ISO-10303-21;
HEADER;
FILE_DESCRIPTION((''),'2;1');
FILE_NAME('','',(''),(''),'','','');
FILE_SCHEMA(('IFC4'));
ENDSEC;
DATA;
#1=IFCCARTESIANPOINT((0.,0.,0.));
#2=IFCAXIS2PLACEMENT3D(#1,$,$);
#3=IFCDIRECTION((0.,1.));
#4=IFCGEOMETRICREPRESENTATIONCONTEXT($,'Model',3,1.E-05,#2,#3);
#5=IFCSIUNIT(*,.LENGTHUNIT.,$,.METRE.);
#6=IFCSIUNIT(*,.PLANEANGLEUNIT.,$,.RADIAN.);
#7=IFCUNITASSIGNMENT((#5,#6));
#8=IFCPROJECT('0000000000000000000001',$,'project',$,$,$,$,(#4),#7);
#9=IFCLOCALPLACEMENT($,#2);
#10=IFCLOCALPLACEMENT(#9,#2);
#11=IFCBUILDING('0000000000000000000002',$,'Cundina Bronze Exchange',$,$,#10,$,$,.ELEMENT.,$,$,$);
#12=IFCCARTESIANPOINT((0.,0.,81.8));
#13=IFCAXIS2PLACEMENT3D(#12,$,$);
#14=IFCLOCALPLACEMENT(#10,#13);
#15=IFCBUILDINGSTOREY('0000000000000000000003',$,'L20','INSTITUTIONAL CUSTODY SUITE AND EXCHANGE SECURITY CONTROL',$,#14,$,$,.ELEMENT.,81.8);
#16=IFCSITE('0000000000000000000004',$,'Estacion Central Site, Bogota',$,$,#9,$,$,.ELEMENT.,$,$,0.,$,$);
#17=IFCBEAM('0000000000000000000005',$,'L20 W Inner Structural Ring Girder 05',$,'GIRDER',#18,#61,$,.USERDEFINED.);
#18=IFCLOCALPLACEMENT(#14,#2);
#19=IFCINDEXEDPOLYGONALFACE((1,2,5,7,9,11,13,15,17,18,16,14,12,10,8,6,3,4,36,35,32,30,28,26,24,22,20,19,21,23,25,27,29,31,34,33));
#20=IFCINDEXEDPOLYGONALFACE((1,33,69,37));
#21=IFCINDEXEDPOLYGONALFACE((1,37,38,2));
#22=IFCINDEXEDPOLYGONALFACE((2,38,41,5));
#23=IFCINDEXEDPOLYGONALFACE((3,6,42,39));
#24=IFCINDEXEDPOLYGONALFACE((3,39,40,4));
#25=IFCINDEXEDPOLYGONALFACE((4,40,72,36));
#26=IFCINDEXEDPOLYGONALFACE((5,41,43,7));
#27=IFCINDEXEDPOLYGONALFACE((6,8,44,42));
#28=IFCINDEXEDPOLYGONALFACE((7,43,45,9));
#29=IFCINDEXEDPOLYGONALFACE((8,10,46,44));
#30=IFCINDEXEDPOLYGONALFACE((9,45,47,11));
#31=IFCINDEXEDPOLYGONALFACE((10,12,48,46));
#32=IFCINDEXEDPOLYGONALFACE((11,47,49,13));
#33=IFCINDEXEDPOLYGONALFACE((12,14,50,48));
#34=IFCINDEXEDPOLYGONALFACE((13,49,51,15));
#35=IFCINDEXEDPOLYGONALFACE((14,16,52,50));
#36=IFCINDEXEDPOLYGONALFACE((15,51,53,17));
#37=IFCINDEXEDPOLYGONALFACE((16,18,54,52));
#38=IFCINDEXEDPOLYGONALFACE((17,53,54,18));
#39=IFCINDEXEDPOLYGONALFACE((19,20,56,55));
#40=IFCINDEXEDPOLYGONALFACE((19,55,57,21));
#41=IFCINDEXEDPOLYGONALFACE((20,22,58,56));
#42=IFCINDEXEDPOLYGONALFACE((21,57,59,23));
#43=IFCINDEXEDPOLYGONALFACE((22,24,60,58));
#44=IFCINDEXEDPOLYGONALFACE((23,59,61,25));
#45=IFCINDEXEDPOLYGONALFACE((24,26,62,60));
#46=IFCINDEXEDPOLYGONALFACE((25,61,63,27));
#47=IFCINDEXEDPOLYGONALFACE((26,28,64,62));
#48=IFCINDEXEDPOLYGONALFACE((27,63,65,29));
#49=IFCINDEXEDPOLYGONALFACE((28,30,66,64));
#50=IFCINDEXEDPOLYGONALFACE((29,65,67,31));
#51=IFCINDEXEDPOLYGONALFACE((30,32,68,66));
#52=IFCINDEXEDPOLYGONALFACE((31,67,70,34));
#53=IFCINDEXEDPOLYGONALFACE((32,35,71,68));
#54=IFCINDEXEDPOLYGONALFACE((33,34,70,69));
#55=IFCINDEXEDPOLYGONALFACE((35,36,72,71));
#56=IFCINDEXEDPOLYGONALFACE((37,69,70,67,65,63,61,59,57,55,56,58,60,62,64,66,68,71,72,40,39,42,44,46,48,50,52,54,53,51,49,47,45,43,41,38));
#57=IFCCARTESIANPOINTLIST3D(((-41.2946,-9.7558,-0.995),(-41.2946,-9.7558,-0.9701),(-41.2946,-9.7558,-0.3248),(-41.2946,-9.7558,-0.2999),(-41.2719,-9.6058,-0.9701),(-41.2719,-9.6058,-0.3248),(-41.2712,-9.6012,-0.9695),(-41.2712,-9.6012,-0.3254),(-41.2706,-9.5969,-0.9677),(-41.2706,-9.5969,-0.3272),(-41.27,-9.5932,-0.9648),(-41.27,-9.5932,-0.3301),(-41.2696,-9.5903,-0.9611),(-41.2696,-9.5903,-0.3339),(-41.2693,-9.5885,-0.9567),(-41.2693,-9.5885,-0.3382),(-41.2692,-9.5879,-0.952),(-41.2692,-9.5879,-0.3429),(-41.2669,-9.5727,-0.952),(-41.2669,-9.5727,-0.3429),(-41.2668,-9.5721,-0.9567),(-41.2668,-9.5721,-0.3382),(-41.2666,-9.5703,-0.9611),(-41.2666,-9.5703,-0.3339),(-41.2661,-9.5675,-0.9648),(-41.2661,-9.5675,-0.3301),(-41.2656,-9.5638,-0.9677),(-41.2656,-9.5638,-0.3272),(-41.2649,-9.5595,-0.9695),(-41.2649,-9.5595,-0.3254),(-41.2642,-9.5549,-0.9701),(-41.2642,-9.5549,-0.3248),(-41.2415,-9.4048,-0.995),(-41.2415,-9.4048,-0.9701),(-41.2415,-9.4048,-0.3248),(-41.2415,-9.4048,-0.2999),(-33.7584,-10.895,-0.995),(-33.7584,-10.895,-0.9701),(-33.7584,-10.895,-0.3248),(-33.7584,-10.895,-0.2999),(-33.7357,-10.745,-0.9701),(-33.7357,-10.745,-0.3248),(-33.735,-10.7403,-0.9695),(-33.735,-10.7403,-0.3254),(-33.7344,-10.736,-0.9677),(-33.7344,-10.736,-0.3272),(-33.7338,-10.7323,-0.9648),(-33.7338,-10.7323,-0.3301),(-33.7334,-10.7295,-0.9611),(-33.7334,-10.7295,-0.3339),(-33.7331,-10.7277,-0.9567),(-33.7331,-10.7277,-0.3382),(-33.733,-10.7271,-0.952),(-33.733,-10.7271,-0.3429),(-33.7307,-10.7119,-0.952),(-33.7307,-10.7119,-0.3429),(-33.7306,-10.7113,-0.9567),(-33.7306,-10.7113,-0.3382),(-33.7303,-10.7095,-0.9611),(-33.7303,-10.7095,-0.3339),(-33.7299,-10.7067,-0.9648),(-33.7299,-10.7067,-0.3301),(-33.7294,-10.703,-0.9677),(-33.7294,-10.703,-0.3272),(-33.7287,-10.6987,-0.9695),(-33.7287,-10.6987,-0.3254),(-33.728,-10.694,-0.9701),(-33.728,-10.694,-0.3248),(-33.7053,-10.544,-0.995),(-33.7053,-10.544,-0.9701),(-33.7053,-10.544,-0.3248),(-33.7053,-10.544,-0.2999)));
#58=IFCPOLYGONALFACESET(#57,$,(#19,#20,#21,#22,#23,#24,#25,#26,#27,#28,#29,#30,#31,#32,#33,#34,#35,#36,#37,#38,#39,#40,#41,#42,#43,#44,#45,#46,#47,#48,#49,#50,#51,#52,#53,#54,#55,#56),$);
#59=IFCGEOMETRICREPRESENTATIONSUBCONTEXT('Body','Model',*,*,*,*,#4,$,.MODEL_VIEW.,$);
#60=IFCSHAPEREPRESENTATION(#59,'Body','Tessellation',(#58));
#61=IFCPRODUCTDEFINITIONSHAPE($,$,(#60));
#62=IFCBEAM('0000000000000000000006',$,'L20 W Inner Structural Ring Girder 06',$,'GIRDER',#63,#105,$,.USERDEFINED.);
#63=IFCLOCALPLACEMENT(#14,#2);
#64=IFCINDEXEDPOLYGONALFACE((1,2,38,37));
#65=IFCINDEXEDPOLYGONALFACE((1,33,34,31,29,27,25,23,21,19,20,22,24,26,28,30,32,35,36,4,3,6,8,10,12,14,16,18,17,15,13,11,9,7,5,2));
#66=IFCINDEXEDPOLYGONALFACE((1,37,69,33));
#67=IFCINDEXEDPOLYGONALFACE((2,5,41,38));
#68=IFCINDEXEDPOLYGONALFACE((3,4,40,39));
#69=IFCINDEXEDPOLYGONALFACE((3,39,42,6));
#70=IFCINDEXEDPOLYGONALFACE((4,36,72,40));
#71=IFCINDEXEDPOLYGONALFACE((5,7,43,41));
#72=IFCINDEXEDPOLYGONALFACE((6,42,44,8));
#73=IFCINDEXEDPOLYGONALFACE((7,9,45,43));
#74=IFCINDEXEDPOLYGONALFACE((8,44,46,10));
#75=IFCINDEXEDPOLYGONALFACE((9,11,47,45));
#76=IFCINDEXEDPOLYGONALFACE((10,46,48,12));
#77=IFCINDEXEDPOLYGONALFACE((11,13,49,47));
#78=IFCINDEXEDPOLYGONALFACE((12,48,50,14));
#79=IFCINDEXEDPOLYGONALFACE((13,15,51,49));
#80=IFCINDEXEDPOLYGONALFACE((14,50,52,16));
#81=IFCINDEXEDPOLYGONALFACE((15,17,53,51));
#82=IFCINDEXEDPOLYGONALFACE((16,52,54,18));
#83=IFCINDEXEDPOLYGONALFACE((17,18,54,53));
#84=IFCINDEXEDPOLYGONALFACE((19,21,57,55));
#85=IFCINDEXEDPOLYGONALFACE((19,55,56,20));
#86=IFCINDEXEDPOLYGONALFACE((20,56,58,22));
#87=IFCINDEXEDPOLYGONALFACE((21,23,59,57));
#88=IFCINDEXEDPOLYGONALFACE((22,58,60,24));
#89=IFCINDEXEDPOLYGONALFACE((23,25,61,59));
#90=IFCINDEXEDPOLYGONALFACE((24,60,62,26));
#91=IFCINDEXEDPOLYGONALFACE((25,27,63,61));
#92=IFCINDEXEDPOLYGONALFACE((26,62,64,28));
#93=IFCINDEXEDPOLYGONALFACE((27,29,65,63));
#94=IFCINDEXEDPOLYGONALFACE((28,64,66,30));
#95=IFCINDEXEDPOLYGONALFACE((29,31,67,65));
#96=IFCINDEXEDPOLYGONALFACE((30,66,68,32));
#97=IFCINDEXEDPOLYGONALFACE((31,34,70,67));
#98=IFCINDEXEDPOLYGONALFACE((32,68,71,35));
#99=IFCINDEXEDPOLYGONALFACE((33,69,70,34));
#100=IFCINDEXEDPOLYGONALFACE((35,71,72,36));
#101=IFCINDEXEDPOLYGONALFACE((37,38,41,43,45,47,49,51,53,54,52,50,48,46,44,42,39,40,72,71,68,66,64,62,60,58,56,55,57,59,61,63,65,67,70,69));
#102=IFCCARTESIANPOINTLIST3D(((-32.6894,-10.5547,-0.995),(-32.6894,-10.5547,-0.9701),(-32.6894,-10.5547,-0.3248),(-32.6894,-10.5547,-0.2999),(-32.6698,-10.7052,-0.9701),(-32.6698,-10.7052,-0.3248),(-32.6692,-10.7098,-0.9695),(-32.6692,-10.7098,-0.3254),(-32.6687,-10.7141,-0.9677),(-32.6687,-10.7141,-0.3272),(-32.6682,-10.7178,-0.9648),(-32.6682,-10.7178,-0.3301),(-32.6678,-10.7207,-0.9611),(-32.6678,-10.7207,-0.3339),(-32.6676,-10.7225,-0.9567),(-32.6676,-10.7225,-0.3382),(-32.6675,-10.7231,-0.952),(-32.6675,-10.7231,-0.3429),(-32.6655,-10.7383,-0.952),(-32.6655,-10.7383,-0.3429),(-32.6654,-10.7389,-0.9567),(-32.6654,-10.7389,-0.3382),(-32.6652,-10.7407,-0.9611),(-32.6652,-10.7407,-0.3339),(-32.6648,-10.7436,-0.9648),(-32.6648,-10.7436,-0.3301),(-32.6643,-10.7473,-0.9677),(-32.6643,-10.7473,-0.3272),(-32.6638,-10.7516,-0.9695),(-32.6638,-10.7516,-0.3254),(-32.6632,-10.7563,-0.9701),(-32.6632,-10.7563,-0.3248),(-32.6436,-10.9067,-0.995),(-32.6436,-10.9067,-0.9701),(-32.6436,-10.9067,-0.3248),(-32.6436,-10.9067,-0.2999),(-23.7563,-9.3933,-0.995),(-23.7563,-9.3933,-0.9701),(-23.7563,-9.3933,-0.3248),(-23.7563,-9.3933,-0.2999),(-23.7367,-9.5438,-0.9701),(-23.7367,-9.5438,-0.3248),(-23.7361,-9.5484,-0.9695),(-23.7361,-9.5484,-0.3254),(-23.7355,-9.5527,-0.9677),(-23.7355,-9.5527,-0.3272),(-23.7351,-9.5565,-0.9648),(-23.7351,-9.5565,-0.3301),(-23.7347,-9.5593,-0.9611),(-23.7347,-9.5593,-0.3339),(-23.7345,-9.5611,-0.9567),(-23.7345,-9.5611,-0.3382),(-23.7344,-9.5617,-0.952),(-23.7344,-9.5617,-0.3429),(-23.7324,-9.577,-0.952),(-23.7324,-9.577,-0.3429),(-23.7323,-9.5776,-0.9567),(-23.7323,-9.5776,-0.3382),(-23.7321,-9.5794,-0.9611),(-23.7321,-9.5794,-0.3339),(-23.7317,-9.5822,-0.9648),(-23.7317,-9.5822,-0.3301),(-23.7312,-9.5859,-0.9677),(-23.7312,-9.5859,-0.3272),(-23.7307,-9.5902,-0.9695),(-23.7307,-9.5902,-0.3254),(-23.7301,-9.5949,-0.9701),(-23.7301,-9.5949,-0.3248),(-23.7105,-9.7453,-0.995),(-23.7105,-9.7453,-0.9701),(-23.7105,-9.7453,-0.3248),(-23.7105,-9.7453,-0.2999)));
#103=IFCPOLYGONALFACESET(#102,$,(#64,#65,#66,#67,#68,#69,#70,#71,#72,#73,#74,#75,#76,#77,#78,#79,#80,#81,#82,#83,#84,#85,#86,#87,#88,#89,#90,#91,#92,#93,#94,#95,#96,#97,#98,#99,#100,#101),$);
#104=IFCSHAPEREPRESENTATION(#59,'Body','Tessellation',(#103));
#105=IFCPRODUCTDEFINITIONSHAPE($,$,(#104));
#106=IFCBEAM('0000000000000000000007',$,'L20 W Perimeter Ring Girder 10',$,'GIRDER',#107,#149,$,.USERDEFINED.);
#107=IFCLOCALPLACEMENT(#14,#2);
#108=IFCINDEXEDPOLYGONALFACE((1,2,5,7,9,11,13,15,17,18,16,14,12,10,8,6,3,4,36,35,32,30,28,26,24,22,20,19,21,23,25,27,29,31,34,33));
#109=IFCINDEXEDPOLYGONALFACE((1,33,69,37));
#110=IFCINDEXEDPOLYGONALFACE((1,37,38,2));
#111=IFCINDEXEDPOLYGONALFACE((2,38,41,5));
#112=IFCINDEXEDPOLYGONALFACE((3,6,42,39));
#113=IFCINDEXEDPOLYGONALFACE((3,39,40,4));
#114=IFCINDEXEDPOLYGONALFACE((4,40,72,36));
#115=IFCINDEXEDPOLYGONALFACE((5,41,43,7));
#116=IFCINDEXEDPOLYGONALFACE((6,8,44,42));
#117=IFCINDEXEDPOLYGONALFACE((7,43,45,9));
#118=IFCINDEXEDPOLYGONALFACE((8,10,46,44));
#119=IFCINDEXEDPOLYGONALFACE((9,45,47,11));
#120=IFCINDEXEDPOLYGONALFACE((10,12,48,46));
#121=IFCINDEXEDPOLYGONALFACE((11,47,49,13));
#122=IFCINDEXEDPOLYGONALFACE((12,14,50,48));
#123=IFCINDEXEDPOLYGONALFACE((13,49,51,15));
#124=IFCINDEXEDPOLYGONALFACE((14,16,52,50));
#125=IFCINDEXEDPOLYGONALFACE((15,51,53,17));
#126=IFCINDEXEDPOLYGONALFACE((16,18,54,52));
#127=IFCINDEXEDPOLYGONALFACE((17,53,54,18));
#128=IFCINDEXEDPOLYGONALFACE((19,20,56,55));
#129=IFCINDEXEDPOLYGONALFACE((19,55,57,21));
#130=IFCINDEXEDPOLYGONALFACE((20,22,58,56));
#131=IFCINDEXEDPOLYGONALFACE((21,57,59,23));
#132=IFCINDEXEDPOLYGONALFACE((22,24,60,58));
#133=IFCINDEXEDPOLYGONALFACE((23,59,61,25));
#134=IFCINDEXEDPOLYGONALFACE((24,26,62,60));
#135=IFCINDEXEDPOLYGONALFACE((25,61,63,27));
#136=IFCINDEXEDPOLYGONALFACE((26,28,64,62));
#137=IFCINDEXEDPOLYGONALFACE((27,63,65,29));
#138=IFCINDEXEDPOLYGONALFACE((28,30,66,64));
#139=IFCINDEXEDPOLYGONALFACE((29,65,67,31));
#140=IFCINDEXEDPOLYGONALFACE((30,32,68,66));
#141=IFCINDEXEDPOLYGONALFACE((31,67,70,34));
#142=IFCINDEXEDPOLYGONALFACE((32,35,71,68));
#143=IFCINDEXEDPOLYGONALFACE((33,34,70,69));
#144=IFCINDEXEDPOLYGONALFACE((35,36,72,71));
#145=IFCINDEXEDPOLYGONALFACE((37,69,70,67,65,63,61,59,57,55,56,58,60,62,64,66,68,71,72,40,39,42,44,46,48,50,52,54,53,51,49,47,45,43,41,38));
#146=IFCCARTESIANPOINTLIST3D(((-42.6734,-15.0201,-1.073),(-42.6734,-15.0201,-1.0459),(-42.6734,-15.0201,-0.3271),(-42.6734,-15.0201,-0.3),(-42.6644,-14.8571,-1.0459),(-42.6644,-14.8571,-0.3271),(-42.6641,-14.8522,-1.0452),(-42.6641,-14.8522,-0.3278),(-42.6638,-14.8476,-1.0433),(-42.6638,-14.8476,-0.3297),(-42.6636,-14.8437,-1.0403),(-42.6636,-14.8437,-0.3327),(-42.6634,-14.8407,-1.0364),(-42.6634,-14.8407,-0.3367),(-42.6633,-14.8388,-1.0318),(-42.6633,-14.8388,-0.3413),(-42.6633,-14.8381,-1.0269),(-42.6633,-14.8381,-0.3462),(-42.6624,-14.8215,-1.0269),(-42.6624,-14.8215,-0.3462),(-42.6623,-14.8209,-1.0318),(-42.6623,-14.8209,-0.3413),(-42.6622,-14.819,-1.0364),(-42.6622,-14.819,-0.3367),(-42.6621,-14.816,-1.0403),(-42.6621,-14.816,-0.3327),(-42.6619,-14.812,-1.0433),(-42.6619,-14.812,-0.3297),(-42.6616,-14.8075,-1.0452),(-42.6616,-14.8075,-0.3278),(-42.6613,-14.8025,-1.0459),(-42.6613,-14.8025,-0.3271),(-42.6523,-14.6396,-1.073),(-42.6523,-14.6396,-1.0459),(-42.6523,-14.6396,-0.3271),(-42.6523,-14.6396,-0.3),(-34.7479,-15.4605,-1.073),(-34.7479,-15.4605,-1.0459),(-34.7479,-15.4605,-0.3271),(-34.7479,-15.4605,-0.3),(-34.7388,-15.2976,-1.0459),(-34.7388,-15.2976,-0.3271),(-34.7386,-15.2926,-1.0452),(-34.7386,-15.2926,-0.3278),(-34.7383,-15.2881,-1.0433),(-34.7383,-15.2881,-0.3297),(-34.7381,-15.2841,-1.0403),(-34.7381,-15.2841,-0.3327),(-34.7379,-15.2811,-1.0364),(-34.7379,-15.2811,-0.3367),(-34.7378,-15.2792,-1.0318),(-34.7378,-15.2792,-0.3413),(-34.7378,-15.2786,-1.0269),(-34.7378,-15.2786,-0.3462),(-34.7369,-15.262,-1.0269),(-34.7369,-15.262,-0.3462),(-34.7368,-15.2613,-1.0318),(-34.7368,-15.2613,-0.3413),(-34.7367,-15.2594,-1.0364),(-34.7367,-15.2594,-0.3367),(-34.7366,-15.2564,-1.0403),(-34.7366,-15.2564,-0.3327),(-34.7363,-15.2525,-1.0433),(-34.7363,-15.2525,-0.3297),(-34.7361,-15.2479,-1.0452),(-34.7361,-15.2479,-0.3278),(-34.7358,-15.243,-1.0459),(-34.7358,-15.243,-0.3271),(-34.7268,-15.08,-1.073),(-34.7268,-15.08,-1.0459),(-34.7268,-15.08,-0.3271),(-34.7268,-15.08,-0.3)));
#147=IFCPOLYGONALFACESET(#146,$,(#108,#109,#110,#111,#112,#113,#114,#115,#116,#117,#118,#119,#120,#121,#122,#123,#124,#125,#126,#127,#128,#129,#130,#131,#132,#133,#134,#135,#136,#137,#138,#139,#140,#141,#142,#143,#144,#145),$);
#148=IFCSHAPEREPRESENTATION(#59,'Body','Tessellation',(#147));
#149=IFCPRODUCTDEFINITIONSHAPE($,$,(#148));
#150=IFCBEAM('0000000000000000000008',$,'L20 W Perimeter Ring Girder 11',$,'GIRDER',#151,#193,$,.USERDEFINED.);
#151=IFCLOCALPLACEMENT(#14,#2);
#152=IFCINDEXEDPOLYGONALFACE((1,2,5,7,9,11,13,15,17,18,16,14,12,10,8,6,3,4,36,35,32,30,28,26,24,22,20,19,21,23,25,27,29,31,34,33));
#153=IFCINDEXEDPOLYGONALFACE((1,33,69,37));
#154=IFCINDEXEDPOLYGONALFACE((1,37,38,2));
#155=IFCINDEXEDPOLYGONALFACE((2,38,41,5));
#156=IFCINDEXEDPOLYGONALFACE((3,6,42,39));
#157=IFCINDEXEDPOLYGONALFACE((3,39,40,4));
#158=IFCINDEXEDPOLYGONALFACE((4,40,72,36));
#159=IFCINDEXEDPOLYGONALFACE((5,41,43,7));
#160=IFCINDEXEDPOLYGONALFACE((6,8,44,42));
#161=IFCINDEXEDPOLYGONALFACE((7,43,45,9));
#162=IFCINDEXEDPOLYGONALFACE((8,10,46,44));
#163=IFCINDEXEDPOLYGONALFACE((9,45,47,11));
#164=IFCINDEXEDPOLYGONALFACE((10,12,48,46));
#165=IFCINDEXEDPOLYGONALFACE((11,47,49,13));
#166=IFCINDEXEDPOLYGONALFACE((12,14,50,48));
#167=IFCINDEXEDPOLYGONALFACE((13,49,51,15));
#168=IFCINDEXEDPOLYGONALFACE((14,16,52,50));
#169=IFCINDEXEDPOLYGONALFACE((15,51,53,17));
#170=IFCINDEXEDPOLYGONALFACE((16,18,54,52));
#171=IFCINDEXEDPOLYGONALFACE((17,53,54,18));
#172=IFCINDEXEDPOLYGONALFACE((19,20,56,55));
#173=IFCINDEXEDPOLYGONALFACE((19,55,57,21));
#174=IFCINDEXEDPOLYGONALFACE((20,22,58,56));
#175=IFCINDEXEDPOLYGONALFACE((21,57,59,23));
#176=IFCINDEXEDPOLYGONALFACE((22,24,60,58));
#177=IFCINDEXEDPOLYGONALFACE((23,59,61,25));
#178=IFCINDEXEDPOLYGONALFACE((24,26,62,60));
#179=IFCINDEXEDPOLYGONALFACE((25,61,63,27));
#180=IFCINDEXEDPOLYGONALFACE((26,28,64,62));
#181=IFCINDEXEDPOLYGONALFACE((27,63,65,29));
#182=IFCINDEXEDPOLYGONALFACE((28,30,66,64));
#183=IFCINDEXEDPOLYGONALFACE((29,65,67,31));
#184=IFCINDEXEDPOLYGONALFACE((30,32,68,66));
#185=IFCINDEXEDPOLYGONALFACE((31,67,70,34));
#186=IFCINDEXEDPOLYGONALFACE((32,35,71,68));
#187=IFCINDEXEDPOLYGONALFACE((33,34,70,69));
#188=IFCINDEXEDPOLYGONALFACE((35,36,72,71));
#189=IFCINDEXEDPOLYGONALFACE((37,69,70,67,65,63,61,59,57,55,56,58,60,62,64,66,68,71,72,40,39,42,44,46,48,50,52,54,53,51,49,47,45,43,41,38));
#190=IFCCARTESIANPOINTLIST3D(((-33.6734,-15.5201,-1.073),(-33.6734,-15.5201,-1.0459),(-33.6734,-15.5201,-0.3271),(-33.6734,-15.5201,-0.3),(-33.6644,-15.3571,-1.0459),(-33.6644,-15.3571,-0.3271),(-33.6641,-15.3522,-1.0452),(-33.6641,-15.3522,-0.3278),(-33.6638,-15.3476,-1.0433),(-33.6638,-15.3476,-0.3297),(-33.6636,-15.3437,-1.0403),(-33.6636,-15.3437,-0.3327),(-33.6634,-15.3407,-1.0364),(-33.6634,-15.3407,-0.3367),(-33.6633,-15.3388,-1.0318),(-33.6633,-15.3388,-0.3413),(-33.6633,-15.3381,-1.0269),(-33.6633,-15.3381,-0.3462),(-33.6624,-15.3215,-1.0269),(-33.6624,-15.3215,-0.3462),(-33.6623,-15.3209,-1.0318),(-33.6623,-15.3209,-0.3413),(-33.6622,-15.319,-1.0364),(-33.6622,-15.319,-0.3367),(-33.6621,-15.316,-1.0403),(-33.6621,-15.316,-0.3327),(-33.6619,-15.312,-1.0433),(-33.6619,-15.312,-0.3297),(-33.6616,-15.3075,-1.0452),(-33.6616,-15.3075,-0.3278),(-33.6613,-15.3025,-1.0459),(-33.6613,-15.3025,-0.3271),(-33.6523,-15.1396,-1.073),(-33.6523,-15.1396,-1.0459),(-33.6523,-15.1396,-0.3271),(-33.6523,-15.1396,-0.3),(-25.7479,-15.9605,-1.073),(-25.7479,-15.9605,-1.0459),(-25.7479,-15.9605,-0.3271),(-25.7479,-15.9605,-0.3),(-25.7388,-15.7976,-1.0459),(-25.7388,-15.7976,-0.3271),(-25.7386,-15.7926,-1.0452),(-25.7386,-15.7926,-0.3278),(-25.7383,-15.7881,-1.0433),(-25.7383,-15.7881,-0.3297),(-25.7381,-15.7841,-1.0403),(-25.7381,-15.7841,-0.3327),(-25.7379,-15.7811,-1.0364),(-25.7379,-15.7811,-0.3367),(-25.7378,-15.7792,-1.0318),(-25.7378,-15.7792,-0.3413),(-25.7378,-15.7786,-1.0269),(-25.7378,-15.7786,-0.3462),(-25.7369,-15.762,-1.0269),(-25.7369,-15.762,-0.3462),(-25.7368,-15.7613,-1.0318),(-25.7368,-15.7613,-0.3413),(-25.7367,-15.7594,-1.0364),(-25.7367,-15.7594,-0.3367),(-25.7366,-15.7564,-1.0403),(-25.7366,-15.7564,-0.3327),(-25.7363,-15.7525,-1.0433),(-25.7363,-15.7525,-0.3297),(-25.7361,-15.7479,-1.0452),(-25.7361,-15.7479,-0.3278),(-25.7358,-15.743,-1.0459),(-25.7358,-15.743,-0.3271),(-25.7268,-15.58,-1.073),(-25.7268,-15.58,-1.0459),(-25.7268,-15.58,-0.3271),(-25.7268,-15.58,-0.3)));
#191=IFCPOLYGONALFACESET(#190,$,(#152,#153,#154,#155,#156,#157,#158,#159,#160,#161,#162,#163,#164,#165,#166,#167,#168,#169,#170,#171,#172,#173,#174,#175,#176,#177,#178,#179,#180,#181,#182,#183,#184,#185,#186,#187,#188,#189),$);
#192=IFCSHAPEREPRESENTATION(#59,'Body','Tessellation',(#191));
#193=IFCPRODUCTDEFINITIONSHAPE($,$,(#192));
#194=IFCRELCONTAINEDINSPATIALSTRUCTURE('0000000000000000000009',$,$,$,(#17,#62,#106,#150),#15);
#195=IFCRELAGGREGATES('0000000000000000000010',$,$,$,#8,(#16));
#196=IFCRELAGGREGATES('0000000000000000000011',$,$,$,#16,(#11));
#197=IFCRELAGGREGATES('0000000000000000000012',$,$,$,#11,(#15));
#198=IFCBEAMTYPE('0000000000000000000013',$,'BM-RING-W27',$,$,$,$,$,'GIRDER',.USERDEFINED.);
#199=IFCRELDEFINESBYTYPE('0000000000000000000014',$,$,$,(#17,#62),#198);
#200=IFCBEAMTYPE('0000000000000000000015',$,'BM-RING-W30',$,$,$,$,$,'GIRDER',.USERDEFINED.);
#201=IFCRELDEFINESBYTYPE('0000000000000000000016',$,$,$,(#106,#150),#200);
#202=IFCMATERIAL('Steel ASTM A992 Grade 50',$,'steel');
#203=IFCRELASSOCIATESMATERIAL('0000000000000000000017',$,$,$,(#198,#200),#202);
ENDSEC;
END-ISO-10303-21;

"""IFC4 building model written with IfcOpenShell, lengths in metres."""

from ifc_helpers import new_model, si_unit, direction, frame, origin, origin_2d, place, context, subcontext, project, spatial, i_section, extrude, material, material_profile, profile_set, type_object, element, save


model = new_model("IFC4")

# Units and contexts
model_context = context("Model", 3, precision=1e-05, world=origin(), true_north=direction((0.0, 1.0)))
body_context = subcontext(model_context, "Body", "Model", "MODEL_VIEW")
ifc_project = project(units=[si_unit("LENGTHUNIT", "METRE"), si_unit("PLANEANGLEUNIT", "RADIAN")], contexts=[model_context])

# Site, building, storey
site_placement = place(None, origin())
site = spatial("IfcSite", under=ifc_project, at=site_placement, Name="Estacion Central Site, Bogota", CompositionType="ELEMENT", RefElevation=0.0)
building_placement = place(site_placement, origin())
building = spatial("IfcBuilding", under=site, at=building_placement, Name="Cundina Bronze Exchange", CompositionType="ELEMENT")
storey_placement = place(building_placement, frame((0.0, 0.0, 81.8)))
storey = spatial("IfcBuildingStorey", under=building, at=storey_placement, Name="L20", Description="INSTITUTIONAL CUSTODY SUITE AND EXCHANGE SECURITY CONTROL", CompositionType="ELEMENT", Elevation=81.8)

# Beams
ifc_material_1 = material(Name="Steel ASTM A992 Grade 50", Category="steel")
ifc_material_profile_1 = material_profile(ifc_material_1, i_section(OverallWidth=0.355, OverallDepth=0.6951, WebThickness=0.0154, FlangeThickness=0.0249, FilletRadius=0.0181, at=origin_2d()), Name="W27X146", Category="steel")
ifc_profile_set_1 = profile_set([ifc_material_profile_1], Name="Steel ASTM A992 Grade 50")
beam_type_1 = type_object("IfcBeamType", Name="BM-RING-W27", ElementType="GIRDER", PredefinedType="USERDEFINED", material=ifc_profile_set_1)
beam_1_placement = place(storey_placement, frame((-41.2681, -9.5803, -0.6475), z_axis=(0.988767, -0.149462, 0.0), x_axis=(0.149462, 0.988767, 0.0)))
element("IfcBeam", 1, at=beam_1_placement, inside=storey, type_object=beam_type_1, Name="L20 W Inner Structural Ring Girder 05", ObjectType="GIRDER", PredefinedType="USERDEFINED", context=body_context, shape_type="SweptSolid", body=[
    extrude(i_section(OverallWidth=0.355, OverallDepth=0.6951, WebThickness=0.0154, FlangeThickness=0.0249, FilletRadius=0.0181, at=origin_2d()), origin(), (0.0, 0.0, 1.0), 7.6218),
])
beam_2_placement = place(storey_placement, frame((-32.6665, -10.7307, -0.6475), z_axis=(0.991655, 0.128923, 0.0), x_axis=(-0.128923, 0.991655, 0.0)))
element("IfcBeam", 2, at=beam_2_placement, inside=storey, type_object=beam_type_1, Name="L20 W Inner Structural Ring Girder 06", ObjectType="GIRDER", PredefinedType="USERDEFINED", context=body_context, shape_type="SweptSolid", body=[
    extrude(i_section(OverallWidth=0.355, OverallDepth=0.6951, WebThickness=0.0154, FlangeThickness=0.0249, FilletRadius=0.0181, at=origin_2d()), origin(), (0.0, 0.0, 1.0), 9.0083),
])
ifc_material_profile_2 = material_profile(ifc_material_1, i_section(OverallWidth=0.3811, OverallDepth=0.7729, WebThickness=0.0166, FlangeThickness=0.0271, FilletRadius=0.019, at=origin_2d()), Name="W30X173", Category="steel")
ifc_profile_set_2 = profile_set([ifc_material_profile_2], Name="Steel ASTM A992 Grade 50")
beam_type_2 = type_object("IfcBeamType", Name="BM-RING-W30", ElementType="GIRDER", PredefinedType="USERDEFINED", material=ifc_profile_set_2)
for number, where, z_axis, x_axis, name in (
    (3, (-42.6628, -14.8298, -0.6865), (0.99846, -0.055485, 0.0), (0.055485, 0.99846, 0.0), "L20 W Perimeter Ring Girder 10"),
    (4, (-33.6628, -15.3298, -0.6865), (0.99846, -0.055485, 0.0), (0.055485, 0.99846, 0.0), "L20 W Perimeter Ring Girder 11"),
):
    element("IfcBeam", number, at=place(storey_placement, frame(where, z_axis=z_axis, x_axis=x_axis)), inside=storey, type_object=beam_type_2, Name=name, ObjectType="GIRDER", PredefinedType="USERDEFINED", context=body_context, shape_type="SweptSolid", body=[
        extrude(i_section(OverallWidth=0.3811, OverallDepth=0.7729, WebThickness=0.0166, FlangeThickness=0.0271, FilletRadius=0.019, at=origin_2d()), origin(), (0.0, 0.0, 1.0), 7.9377),
    ])

save(model, "model.ifc")
